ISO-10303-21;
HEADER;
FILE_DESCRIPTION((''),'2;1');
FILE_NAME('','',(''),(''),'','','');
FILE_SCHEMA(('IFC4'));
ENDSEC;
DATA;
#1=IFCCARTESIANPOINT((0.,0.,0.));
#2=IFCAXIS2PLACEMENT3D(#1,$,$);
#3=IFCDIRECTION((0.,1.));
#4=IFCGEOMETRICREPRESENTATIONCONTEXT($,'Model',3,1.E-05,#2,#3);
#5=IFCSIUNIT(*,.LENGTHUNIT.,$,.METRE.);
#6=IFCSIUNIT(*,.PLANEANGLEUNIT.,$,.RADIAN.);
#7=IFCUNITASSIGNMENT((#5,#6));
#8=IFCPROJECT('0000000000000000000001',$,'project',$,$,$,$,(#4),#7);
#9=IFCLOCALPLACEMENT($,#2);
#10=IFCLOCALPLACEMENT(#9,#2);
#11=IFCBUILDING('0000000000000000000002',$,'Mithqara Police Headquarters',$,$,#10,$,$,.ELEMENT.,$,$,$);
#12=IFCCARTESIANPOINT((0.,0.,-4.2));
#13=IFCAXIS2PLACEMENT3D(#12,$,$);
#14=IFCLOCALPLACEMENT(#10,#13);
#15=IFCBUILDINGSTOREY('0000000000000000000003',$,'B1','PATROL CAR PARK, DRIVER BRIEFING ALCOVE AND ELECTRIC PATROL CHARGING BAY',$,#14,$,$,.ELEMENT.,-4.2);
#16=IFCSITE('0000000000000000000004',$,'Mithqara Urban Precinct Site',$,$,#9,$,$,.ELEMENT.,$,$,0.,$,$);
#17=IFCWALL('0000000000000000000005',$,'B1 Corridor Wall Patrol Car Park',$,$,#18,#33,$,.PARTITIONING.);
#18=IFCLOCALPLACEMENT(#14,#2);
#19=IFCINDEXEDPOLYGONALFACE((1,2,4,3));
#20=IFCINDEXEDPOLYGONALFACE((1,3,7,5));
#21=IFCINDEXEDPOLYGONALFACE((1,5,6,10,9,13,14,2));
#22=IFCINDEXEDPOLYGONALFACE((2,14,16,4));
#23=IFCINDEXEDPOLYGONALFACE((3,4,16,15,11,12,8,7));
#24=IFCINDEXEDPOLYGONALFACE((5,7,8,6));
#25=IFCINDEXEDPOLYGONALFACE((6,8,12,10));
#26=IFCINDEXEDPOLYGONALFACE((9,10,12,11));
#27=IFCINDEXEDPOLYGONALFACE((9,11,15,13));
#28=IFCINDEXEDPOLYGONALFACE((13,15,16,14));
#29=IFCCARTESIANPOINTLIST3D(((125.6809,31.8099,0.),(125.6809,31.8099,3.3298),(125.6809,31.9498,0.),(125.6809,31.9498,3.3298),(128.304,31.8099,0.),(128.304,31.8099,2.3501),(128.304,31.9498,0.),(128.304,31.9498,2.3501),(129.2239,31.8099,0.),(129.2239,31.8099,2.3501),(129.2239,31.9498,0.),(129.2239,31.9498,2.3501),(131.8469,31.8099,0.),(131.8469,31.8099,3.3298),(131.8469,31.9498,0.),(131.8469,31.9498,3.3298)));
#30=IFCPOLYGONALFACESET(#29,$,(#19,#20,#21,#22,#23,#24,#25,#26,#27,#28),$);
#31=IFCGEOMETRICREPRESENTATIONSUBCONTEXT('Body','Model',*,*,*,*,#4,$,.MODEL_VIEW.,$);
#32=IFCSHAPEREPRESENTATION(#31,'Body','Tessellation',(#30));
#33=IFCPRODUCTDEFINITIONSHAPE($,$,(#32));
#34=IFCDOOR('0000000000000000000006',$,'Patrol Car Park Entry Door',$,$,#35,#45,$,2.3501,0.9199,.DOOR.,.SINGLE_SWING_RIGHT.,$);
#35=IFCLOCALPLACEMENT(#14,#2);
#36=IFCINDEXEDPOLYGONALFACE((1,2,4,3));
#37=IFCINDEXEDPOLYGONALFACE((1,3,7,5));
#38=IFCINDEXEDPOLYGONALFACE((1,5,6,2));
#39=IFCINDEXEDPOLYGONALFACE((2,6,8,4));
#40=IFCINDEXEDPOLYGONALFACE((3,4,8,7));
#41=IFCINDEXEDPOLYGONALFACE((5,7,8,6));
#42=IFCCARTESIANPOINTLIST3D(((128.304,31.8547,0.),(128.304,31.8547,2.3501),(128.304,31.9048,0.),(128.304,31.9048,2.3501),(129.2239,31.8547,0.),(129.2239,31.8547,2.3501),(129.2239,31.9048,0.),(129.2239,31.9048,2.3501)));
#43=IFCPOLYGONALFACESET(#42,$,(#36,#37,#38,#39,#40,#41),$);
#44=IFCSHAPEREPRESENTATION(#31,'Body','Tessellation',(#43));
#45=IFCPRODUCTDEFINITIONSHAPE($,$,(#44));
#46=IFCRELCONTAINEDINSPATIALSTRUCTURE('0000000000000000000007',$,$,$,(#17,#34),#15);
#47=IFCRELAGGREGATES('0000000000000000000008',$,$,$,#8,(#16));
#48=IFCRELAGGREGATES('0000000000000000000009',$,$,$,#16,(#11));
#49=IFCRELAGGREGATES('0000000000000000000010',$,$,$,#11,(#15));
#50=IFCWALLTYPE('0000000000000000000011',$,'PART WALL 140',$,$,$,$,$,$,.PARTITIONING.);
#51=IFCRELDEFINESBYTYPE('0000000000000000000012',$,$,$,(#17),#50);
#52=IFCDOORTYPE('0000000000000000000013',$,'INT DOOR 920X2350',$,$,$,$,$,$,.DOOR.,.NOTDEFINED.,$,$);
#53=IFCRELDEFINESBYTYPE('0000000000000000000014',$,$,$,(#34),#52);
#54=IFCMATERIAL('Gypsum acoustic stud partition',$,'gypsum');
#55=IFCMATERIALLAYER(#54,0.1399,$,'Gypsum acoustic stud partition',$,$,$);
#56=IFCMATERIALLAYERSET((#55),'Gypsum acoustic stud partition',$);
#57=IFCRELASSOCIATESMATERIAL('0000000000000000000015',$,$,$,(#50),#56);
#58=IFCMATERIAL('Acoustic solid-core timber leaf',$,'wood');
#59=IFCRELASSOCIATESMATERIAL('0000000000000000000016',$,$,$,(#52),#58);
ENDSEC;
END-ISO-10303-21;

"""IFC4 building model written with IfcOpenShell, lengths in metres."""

from ifc_helpers import new_model, si_unit, direction, frame, frame_2d, origin, place, context, subcontext, project, spatial, rectangle, extrude, material, layer, layer_set, type_object, element, fill, save


model = new_model("IFC4")

# Units and contexts
model_context = context("Model", 3, precision=1e-05, world=origin(), true_north=direction((0.0, 1.0)))
body_context = subcontext(model_context, "Body", "Model", "MODEL_VIEW")
ifc_project = project(units=[si_unit("LENGTHUNIT", "METRE"), si_unit("PLANEANGLEUNIT", "RADIAN")], contexts=[model_context])

# Site, building, storey
site_placement = place(None, origin())
site = spatial("IfcSite", under=ifc_project, at=site_placement, Name="Mithqara Urban Precinct Site", CompositionType="ELEMENT", RefElevation=0.0)
building_placement = place(site_placement, origin())
building = spatial("IfcBuilding", under=site, at=building_placement, Name="Mithqara Police Headquarters", CompositionType="ELEMENT")
storey_placement = place(building_placement, frame((0.0, 0.0, -4.2)))
storey = spatial("IfcBuildingStorey", under=building, at=storey_placement, Name="B1", Description="PATROL CAR PARK, DRIVER BRIEFING ALCOVE AND ELECTRIC PATROL CHARGING BAY", CompositionType="ELEMENT", Elevation=-4.2)

# Shared definitions
ifc_material_1 = material(Name="Gypsum acoustic stud partition", Category="gypsum")
ifc_layer = layer(ifc_material_1, 0.1399, Name="Gypsum acoustic stud partition")
ifc_layer_set = layer_set([ifc_layer], Name="Gypsum acoustic stud partition")
wall_type = type_object("IfcWallType", Name="PART WALL 140", PredefinedType="PARTITIONING", material=ifc_layer_set)

# Shared definitions
ifc_material_2 = material(Name="Acoustic solid-core timber leaf", Category="wood")

# Wall, opening, door
wall_1_placement = place(storey_placement, frame((125.6809, 31.8799, 0.0), z_axis=(0.0, 0.0, 1.0), x_axis=(1.0, 0.0, 0.0)))
wall_1 = element("IfcWall", 1, at=wall_1_placement, inside=storey, type_object=wall_type, Name="B1 Corridor Wall Patrol Car Park", PredefinedType="PARTITIONING", context=body_context, shape_type="SweptSolid", body=[
    extrude(rectangle(XDim=6.166, YDim=0.1399, at=frame_2d((3.083, 0.0))), origin(), (0.0, 0.0, 1.0), 3.3298),
])
opening_1_placement = place(wall_1_placement, frame((2.623, 0.0, 0.0)))
opening_1 = element("IfcOpeningElement", 2, at=opening_1_placement, cuts=wall_1, PredefinedType="OPENING", context=body_context, shape_type="SweptSolid", body=[
    extrude(rectangle(XDim=0.9199, YDim=2.3501, at=frame_2d((0.46, 1.175))), frame((0.0, 0.0801, 0.0), z_axis=(0.0, -1.0, 0.0), x_axis=(1.0, 0.0, 0.0)), (0.0, 0.0, 1.0), 0.1599),
])
door_type_1 = type_object("IfcDoorType", Name="INT DOOR 920X2350", OperationType="NOTDEFINED", PredefinedType="DOOR", material=ifc_material_2)
door_1_placement = place(opening_1_placement, origin())
door_1 = element("IfcDoor", 3, at=door_1_placement, inside=storey, type_object=door_type_1, Name="Patrol Car Park Entry Door", OperationType="SINGLE_SWING_RIGHT", OverallHeight=2.3501, OverallWidth=0.9199, PredefinedType="DOOR", context=body_context, shape_type="SweptSolid", body=[
    extrude(rectangle(XDim=0.9199, YDim=2.3501, at=frame_2d((0.46, 1.175))), frame((0.0, 0.0249, 0.0), z_axis=(0.0, -1.0, 0.0), x_axis=(1.0, 0.0, 0.0)), (0.0, 0.0, 1.0), 0.05),
])
fill(opening_1, door_1)

save(model, "model.ifc")
